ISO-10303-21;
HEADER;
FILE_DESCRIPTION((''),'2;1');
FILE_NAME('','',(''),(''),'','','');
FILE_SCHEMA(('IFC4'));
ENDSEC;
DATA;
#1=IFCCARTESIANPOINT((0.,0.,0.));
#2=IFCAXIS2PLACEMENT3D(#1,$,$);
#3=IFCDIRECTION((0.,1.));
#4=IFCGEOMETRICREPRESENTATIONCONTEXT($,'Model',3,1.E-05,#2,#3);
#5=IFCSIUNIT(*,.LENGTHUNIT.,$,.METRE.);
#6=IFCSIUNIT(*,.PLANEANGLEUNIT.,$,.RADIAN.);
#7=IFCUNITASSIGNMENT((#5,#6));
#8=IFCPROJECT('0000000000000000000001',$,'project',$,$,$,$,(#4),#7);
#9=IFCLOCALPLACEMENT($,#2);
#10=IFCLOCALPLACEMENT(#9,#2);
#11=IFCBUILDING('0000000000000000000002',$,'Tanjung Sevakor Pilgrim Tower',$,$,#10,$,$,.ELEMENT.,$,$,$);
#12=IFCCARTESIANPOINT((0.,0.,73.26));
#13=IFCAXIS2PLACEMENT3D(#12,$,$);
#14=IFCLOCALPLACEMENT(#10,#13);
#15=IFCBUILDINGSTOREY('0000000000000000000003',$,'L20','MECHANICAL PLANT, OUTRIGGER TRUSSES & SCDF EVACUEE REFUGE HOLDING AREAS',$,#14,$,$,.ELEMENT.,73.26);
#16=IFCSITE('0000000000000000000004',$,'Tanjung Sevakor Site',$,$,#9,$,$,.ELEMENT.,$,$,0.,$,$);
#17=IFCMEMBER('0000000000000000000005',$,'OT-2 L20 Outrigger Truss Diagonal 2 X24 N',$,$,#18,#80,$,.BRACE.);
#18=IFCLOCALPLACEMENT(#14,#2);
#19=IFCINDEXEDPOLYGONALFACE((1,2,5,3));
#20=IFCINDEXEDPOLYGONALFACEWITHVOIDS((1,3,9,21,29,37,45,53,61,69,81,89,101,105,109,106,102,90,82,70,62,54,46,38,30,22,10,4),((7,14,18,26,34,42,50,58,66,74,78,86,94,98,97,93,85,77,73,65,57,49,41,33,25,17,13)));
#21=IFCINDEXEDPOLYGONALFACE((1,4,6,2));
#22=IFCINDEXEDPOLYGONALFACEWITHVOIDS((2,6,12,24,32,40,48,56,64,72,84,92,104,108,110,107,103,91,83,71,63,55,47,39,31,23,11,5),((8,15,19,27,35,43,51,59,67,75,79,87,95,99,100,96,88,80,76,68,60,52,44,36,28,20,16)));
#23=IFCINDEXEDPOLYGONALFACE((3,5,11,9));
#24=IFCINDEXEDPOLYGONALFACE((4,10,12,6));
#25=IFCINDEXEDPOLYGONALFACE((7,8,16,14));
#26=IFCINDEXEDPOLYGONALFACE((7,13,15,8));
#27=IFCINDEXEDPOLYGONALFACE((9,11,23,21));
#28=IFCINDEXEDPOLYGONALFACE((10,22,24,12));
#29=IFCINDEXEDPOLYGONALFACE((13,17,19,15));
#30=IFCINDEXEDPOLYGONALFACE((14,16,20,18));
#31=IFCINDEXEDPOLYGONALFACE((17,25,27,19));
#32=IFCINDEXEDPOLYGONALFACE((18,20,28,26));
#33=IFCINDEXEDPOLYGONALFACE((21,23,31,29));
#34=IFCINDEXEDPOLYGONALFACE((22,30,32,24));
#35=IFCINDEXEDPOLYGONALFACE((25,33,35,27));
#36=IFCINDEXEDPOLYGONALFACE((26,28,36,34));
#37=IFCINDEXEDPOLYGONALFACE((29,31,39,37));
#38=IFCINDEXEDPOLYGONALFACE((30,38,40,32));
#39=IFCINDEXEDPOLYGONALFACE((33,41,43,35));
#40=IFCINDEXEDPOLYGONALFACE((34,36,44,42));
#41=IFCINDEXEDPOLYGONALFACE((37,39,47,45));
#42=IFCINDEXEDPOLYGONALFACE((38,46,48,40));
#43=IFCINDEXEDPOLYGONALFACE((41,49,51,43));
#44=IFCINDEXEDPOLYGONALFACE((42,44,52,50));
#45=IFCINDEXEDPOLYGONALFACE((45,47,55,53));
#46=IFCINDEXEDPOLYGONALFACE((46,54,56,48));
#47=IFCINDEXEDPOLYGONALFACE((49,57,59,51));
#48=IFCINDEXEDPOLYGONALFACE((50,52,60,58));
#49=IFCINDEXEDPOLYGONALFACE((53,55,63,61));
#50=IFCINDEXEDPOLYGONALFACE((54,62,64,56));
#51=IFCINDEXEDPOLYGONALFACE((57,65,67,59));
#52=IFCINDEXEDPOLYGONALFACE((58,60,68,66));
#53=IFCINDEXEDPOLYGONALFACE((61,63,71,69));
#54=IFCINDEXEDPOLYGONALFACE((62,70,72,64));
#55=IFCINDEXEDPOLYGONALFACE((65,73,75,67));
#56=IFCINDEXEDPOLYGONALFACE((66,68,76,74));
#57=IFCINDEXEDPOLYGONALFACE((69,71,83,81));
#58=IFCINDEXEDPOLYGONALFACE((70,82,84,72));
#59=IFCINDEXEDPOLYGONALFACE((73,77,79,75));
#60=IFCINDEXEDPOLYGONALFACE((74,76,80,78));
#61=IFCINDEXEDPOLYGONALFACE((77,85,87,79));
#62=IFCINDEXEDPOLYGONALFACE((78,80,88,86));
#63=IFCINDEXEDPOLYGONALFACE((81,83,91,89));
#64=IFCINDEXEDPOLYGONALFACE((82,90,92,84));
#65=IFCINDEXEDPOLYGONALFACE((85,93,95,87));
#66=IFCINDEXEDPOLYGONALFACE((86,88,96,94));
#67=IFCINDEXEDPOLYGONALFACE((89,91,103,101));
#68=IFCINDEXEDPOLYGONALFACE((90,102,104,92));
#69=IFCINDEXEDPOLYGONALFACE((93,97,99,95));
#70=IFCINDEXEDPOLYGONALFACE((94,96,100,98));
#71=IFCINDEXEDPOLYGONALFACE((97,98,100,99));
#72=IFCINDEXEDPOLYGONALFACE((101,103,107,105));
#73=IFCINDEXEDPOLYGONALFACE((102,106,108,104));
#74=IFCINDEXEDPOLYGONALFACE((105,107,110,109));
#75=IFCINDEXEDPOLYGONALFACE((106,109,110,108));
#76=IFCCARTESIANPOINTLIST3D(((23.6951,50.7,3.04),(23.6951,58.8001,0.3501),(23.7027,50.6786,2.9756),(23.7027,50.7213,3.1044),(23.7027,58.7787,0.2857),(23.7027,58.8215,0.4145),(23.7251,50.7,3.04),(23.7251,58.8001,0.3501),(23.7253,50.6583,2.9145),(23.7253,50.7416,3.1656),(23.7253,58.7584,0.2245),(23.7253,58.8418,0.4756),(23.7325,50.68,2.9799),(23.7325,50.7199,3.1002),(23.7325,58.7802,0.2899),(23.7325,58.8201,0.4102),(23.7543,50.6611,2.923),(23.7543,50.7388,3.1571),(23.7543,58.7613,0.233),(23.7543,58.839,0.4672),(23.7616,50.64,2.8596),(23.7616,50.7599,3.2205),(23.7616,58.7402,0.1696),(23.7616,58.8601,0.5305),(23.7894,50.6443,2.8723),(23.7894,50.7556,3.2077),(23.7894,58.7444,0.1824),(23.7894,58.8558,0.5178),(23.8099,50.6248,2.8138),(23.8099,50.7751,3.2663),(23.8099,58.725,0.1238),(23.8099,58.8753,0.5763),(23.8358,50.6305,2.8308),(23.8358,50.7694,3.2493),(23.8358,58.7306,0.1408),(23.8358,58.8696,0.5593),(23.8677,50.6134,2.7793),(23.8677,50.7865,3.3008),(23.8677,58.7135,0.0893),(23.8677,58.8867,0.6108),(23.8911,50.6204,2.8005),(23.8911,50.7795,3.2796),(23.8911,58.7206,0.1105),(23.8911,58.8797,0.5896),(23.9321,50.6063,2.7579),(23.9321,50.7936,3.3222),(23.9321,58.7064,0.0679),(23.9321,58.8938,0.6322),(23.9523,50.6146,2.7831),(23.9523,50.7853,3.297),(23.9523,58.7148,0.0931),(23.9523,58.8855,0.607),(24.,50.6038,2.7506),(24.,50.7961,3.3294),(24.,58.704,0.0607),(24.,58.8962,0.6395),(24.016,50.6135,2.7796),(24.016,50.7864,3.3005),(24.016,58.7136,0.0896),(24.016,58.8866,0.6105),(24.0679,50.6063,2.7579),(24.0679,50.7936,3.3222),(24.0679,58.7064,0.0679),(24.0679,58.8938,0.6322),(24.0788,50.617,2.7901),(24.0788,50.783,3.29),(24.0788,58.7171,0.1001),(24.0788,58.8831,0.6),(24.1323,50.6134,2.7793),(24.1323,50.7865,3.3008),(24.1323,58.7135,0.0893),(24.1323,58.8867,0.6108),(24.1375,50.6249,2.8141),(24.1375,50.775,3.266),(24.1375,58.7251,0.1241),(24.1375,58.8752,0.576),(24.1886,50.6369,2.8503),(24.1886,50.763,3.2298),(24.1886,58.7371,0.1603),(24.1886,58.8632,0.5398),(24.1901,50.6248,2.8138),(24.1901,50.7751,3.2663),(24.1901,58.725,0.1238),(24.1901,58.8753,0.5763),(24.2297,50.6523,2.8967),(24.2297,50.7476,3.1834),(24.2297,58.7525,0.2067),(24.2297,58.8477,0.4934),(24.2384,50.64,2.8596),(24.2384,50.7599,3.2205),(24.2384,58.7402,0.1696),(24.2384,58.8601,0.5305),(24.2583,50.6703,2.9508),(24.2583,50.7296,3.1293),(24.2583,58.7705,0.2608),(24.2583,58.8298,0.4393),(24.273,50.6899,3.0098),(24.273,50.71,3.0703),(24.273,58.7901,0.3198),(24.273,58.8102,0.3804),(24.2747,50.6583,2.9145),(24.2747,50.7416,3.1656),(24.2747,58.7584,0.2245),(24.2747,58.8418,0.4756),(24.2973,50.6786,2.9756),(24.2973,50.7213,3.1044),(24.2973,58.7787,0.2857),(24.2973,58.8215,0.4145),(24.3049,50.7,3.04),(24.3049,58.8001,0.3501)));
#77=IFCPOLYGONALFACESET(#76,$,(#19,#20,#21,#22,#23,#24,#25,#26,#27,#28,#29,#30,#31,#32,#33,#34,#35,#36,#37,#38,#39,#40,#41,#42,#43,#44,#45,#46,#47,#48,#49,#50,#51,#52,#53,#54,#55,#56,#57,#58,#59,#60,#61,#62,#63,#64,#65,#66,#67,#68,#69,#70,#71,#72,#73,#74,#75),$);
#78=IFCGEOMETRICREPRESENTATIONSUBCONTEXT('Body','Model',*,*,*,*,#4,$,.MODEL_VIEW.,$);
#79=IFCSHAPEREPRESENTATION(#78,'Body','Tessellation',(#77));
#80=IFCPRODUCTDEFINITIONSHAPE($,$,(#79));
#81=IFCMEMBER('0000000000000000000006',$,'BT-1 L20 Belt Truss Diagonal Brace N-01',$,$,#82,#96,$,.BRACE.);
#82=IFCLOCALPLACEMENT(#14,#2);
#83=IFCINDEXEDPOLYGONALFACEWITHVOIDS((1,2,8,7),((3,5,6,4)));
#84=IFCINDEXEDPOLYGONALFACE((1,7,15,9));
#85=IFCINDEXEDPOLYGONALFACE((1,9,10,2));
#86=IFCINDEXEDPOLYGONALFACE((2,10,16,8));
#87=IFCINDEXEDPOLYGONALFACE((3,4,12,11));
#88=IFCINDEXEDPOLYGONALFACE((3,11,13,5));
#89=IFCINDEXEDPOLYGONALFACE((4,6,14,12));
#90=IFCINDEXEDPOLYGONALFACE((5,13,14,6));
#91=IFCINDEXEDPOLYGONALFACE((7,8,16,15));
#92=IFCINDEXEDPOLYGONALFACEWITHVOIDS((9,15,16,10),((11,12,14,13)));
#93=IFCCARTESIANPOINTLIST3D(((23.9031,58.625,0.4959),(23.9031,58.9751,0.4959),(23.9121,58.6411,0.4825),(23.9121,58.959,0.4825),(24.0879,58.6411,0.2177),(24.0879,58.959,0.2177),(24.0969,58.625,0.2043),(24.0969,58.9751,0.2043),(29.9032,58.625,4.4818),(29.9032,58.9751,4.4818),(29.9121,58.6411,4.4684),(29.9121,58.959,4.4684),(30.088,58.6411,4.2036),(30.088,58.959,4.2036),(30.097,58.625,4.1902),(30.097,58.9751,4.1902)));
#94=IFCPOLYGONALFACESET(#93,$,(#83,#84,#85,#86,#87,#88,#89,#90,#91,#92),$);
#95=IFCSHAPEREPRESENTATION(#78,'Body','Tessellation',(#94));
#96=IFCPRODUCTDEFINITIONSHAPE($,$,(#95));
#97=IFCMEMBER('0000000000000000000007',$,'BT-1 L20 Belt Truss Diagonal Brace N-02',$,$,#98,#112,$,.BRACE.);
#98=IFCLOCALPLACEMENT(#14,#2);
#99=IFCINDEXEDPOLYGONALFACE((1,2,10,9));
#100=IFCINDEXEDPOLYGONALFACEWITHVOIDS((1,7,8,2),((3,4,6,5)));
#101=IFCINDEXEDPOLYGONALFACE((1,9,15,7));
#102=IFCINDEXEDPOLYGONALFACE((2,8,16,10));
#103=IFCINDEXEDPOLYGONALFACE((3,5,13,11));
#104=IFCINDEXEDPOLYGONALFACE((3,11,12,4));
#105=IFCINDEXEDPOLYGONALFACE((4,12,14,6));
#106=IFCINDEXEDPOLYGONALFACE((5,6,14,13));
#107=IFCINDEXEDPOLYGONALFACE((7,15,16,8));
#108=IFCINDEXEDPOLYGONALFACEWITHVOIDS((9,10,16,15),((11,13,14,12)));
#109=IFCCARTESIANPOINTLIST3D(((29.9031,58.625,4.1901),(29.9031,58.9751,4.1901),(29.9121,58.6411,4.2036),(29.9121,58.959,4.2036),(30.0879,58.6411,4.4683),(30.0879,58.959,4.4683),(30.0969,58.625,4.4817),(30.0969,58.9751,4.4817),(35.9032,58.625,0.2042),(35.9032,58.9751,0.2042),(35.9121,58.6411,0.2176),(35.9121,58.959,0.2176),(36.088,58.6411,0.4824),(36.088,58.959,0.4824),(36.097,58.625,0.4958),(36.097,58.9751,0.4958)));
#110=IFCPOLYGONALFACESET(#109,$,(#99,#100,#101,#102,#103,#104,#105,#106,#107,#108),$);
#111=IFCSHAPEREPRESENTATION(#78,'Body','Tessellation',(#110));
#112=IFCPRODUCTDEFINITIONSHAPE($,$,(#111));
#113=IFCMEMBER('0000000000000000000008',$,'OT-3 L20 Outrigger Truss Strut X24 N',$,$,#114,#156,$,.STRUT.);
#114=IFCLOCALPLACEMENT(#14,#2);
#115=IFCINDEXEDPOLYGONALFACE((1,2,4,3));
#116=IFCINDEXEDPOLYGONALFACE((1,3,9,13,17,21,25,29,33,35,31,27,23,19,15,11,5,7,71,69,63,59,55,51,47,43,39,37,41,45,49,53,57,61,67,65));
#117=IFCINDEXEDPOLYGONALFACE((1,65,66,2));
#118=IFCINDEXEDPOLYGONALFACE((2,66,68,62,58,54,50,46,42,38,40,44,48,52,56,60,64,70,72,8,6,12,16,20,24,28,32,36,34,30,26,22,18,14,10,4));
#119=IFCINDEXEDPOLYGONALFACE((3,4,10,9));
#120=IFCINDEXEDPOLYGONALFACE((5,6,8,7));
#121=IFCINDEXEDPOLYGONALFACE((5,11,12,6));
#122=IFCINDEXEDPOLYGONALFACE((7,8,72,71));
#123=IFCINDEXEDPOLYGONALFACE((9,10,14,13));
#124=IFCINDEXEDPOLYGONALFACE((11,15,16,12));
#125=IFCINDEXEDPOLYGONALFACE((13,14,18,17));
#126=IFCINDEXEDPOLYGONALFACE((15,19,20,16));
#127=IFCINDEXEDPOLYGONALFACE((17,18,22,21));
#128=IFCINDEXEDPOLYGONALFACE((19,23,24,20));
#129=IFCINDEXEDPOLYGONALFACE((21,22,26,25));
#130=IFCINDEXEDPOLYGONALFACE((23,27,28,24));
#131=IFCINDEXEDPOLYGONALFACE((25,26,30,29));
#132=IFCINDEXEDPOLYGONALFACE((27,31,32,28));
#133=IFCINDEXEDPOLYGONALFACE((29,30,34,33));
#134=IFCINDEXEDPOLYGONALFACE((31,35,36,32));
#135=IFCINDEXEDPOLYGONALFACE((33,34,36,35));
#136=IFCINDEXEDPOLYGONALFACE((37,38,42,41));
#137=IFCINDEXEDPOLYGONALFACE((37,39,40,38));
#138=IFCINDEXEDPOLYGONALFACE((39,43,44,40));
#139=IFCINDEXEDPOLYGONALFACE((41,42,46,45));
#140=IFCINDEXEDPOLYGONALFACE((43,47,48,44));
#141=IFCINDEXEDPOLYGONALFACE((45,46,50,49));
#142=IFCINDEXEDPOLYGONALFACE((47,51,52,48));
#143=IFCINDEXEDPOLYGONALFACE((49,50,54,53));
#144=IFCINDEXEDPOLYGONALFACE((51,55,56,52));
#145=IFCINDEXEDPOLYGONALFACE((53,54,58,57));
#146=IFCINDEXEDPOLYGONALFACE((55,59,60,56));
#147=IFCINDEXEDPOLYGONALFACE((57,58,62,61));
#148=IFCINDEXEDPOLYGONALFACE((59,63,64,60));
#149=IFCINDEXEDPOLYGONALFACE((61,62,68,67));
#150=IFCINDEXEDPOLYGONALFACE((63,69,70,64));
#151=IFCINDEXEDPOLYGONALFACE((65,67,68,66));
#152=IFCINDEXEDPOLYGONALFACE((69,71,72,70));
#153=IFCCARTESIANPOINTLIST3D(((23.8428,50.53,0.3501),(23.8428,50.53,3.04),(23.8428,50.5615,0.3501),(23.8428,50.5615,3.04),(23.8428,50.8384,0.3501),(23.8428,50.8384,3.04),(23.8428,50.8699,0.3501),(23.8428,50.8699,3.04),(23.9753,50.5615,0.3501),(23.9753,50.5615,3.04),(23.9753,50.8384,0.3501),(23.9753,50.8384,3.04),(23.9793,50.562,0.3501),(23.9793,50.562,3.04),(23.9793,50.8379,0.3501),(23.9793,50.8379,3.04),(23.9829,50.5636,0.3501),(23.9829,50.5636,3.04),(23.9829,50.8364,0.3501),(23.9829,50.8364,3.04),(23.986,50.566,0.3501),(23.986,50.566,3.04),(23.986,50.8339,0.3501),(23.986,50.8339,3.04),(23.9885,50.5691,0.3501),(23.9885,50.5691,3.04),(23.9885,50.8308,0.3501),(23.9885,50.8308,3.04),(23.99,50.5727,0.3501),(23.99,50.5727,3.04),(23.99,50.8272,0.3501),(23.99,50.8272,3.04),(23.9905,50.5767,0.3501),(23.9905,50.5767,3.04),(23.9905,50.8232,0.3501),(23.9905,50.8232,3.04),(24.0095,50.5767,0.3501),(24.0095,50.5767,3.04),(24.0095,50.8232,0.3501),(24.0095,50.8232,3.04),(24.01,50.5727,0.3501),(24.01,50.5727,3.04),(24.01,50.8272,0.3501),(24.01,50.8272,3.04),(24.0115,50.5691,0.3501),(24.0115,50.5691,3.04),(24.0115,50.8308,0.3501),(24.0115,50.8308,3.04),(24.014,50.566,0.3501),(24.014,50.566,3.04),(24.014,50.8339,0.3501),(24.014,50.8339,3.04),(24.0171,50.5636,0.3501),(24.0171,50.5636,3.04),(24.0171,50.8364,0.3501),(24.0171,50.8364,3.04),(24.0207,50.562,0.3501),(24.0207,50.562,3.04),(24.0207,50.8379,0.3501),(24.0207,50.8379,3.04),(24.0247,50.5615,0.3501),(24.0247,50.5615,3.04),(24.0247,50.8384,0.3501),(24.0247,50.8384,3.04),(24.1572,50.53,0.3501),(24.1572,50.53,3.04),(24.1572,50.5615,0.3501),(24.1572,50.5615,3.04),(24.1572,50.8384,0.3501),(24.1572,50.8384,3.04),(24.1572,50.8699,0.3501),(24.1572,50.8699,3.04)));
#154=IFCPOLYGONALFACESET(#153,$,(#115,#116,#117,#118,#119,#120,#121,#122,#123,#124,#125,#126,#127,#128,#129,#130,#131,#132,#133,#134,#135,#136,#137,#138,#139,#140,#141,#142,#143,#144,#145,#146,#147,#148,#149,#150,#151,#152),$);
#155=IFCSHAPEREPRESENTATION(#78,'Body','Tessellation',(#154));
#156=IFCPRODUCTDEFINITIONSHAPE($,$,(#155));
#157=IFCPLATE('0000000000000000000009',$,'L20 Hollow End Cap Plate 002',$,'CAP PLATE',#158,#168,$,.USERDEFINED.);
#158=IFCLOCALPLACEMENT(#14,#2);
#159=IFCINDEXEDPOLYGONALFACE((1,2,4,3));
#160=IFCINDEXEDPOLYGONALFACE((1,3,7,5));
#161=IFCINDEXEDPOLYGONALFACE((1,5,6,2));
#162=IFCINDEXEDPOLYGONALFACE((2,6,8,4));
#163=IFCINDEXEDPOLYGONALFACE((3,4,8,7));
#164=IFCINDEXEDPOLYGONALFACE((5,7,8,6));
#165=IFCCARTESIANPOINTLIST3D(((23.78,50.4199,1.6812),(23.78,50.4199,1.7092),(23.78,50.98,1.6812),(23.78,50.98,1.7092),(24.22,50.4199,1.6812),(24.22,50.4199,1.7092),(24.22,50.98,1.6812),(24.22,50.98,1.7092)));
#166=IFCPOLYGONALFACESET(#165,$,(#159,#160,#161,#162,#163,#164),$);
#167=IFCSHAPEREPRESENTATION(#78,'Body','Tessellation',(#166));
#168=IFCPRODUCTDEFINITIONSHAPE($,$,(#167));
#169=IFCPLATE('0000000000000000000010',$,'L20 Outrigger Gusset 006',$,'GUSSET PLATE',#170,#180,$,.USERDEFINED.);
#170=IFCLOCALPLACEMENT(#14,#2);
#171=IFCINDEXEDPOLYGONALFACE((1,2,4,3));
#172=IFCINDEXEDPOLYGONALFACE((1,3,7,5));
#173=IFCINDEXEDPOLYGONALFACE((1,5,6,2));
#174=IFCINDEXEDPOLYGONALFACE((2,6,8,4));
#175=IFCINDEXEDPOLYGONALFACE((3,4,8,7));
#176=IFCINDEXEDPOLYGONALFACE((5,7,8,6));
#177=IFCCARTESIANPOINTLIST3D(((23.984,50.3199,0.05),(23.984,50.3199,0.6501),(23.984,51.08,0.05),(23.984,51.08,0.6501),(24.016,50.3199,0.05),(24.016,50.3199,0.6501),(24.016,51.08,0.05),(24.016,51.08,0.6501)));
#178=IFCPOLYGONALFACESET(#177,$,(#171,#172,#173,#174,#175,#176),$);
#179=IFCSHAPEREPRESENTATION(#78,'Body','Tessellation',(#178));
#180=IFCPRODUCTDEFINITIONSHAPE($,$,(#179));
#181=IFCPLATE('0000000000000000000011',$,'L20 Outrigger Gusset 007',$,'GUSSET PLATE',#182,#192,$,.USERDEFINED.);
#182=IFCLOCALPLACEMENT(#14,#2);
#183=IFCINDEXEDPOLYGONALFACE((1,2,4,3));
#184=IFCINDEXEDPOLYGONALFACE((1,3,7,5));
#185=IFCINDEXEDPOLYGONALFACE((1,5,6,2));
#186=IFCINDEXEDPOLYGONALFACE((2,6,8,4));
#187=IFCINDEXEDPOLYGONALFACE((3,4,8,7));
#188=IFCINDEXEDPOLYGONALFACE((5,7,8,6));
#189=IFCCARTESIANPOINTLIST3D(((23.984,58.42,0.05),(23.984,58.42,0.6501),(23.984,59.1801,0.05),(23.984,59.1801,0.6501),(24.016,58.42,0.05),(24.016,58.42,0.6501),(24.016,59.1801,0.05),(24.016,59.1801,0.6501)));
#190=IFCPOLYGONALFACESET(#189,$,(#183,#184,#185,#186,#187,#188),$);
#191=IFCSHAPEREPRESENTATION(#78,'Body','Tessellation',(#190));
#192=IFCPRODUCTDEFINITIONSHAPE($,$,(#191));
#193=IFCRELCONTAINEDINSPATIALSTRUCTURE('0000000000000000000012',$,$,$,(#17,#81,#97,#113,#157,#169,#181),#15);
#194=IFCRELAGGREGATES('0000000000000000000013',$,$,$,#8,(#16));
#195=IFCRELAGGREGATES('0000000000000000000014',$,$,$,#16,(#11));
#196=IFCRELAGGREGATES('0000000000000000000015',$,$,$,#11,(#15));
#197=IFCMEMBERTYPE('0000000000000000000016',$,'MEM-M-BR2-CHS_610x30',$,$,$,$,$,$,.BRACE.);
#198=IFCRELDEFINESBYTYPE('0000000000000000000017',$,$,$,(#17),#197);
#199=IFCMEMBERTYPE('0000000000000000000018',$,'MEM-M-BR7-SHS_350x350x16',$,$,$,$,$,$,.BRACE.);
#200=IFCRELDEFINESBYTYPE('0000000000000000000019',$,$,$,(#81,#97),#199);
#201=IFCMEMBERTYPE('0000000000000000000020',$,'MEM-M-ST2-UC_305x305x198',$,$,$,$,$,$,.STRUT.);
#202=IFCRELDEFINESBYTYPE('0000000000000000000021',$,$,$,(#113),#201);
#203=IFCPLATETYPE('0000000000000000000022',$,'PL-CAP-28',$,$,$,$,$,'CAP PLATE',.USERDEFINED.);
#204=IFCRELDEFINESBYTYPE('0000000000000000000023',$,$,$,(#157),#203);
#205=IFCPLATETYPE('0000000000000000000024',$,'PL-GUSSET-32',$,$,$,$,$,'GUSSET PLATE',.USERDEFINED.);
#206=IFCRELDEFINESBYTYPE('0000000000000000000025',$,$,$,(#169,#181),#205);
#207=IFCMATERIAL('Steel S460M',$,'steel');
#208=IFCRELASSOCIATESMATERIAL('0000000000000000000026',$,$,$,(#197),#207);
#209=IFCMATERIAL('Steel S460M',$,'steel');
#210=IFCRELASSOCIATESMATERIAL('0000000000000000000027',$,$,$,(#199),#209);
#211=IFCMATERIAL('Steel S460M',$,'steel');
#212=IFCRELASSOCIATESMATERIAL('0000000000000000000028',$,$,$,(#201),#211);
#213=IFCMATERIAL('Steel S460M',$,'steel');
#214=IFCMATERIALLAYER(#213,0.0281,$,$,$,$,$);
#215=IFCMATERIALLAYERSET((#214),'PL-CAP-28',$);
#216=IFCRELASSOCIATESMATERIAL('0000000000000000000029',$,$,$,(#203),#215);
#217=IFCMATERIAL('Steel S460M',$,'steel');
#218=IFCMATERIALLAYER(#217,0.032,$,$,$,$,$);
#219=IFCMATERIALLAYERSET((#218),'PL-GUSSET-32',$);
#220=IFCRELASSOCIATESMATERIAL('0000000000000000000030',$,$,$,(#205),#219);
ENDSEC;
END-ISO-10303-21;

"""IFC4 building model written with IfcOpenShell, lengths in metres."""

from ifc_helpers import new_model, si_unit, direction, frame, origin, origin_2d, place, context, subcontext, project, spatial, rectangle, hollow_rectangle, hollow_circle, i_section, extrude, material, layer, layer_set, material_profile, profile_set, type_object, element, save


model = new_model("IFC4")

# Units and contexts
model_context = context("Model", 3, precision=1e-05, world=origin(), true_north=direction((0.0, 1.0)))
body_context = subcontext(model_context, "Body", "Model", "MODEL_VIEW")
ifc_project = project(units=[si_unit("LENGTHUNIT", "METRE"), si_unit("PLANEANGLEUNIT", "RADIAN")], contexts=[model_context])

# Site, building, storey
site_placement = place(None, origin())
site = spatial("IfcSite", under=ifc_project, at=site_placement, Name="Tanjung Sevakor Site", CompositionType="ELEMENT", RefElevation=0.0)
building_placement = place(site_placement, origin())
building = spatial("IfcBuilding", under=site, at=building_placement, Name="Tanjung Sevakor Pilgrim Tower", CompositionType="ELEMENT")
storey_placement = place(building_placement, frame((0.0, 0.0, 73.26)))
storey = spatial("IfcBuildingStorey", under=building, at=storey_placement, Name="L20", Description="MECHANICAL PLANT, OUTRIGGER TRUSSES & SCDF EVACUEE REFUGE HOLDING AREAS", CompositionType="ELEMENT", Elevation=73.26)

# Members
ifc_material_1 = material(Name="Steel S460M", Category="steel")
ifc_material_profile_1 = material_profile(ifc_material_1, hollow_circle(Radius=0.3049, WallThickness=0.03, at=origin_2d()))
ifc_profile_set_1 = profile_set([ifc_material_profile_1], Name="Steel S460M")
member_type_1 = type_object("IfcMemberType", Name="MEM-M-BR2-CHS_610x30", PredefinedType="BRACE", material=ifc_profile_set_1)
member_1_placement = place(storey_placement, frame((24.0, 50.7, 3.04), z_axis=(0.0, 0.949037, -0.315163), x_axis=(-1.0, 0.0, 0.0)))
element("IfcMember", 1, at=member_1_placement, inside=storey, type_object=member_type_1, Name="OT-2 L20 Outrigger Truss Diagonal 2 X24 N", PredefinedType="BRACE", context=body_context, shape_type="SweptSolid", body=[
    extrude(hollow_circle(Radius=0.3049, WallThickness=0.03, at=origin_2d()), origin(), (0.0, 0.0, 1.0), 8.5352),
])
ifc_material_2 = material(Name="Steel S460M", Category="steel")
ifc_material_profile_2 = material_profile(ifc_material_2, hollow_rectangle(XDim=0.3501, YDim=0.3501, WallThickness=0.0161, at=origin_2d()))
ifc_profile_set_2 = profile_set([ifc_material_profile_2], Name="Steel S460M")
member_type_2 = type_object("IfcMemberType", Name="MEM-M-BR7-SHS_350x350x16", PredefinedType="BRACE", material=ifc_profile_set_2)
for number, where, z_axis, x_axis, name in (
    (2, (24.0, 58.8, 0.3501), (0.832956, 0.0, 0.553339), (0.0, 1.0, 0.0), "BT-1 L20 Belt Truss Diagonal Brace N-01"),
    (3, (30.0, 58.8, 4.3359), (0.832956, 0.0, -0.553339), (0.0, 1.0, 0.0), "BT-1 L20 Belt Truss Diagonal Brace N-02"),
):
    element("IfcMember", number, at=place(storey_placement, frame(where, z_axis=z_axis, x_axis=x_axis)), inside=storey, type_object=member_type_2, Name=name, PredefinedType="BRACE", context=body_context, shape_type="SweptSolid", body=[
        extrude(hollow_rectangle(XDim=0.3501, YDim=0.3501, WallThickness=0.0161, at=origin_2d()), origin(), (0.0, 0.0, 1.0), 7.2034),
    ])
ifc_material_3 = material(Name="Steel S460M", Category="steel")
ifc_material_profile_3 = material_profile(ifc_material_3, i_section(OverallWidth=0.3145, OverallDepth=0.3398, WebThickness=0.019, FlangeThickness=0.0315, FilletRadius=0.0151, at=origin_2d()))
ifc_profile_set_3 = profile_set([ifc_material_profile_3], Name="Steel S460M")
member_type_3 = type_object("IfcMemberType", Name="MEM-M-ST2-UC_305x305x198", PredefinedType="STRUT", material=ifc_profile_set_3)
member_2_placement = place(storey_placement, frame((24.0, 50.7, 0.3501), z_axis=(0.0, 0.0, 1.0), x_axis=(1.0, 0.0, 0.0)))
element("IfcMember", 4, at=member_2_placement, inside=storey, type_object=member_type_3, Name="OT-3 L20 Outrigger Truss Strut X24 N", PredefinedType="STRUT", context=body_context, shape_type="SweptSolid", body=[
    extrude(i_section(OverallWidth=0.3145, OverallDepth=0.3398, WebThickness=0.019, FlangeThickness=0.0315, FilletRadius=0.0151, at=origin_2d()), origin(), (0.0, 0.0, 1.0), 2.6899),
])

# Plates
ifc_material_4 = material(Name="Steel S460M", Category="steel")
ifc_layer_1 = layer(ifc_material_4, 0.0281)
ifc_layer_set_1 = layer_set([ifc_layer_1], Name="PL-CAP-28")
plate_type_1 = type_object("IfcPlateType", Name="PL-CAP-28", ElementType="CAP PLATE", PredefinedType="USERDEFINED", material=ifc_layer_set_1)
plate_placement = place(storey_placement, frame((24.0, 50.7, 1.6812), z_axis=(0.0, 0.0, 1.0), x_axis=(1.0, 0.0, 0.0)))
element("IfcPlate", 5, at=plate_placement, inside=storey, type_object=plate_type_1, Name="L20 Hollow End Cap Plate 002", ObjectType="CAP PLATE", PredefinedType="USERDEFINED", context=body_context, shape_type="SweptSolid", body=[
    extrude(rectangle(XDim=0.4399, YDim=0.5601, at=origin_2d()), origin(), (0.0, 0.0, 1.0), 0.0281),
])
ifc_material_5 = material(Name="Steel S460M", Category="steel")
ifc_layer_2 = layer(ifc_material_5, 0.032)
ifc_layer_set_2 = layer_set([ifc_layer_2], Name="PL-GUSSET-32")
plate_type_2 = type_object("IfcPlateType", Name="PL-GUSSET-32", ElementType="GUSSET PLATE", PredefinedType="USERDEFINED", material=ifc_layer_set_2)
for number, where, z_axis, x_axis, name in (
    (6, (24.0, 50.7, 0.05), (0.0, 0.0, 1.0), (1.0, 0.0, 0.0), "L20 Outrigger Gusset 006"),
    (7, (24.0, 58.8, 0.05), (0.0, 0.0, 1.0), (1.0, 0.0, 0.0), "L20 Outrigger Gusset 007"),
):
    element("IfcPlate", number, at=place(storey_placement, frame(where, z_axis=z_axis, x_axis=x_axis)), inside=storey, type_object=plate_type_2, Name=name, ObjectType="GUSSET PLATE", PredefinedType="USERDEFINED", context=body_context, shape_type="SweptSolid", body=[
        extrude(rectangle(XDim=0.032, YDim=0.76, at=origin_2d()), origin(), (0.0, 0.0, 1.0), 0.6001),
    ])

save(model, "model.ifc")
